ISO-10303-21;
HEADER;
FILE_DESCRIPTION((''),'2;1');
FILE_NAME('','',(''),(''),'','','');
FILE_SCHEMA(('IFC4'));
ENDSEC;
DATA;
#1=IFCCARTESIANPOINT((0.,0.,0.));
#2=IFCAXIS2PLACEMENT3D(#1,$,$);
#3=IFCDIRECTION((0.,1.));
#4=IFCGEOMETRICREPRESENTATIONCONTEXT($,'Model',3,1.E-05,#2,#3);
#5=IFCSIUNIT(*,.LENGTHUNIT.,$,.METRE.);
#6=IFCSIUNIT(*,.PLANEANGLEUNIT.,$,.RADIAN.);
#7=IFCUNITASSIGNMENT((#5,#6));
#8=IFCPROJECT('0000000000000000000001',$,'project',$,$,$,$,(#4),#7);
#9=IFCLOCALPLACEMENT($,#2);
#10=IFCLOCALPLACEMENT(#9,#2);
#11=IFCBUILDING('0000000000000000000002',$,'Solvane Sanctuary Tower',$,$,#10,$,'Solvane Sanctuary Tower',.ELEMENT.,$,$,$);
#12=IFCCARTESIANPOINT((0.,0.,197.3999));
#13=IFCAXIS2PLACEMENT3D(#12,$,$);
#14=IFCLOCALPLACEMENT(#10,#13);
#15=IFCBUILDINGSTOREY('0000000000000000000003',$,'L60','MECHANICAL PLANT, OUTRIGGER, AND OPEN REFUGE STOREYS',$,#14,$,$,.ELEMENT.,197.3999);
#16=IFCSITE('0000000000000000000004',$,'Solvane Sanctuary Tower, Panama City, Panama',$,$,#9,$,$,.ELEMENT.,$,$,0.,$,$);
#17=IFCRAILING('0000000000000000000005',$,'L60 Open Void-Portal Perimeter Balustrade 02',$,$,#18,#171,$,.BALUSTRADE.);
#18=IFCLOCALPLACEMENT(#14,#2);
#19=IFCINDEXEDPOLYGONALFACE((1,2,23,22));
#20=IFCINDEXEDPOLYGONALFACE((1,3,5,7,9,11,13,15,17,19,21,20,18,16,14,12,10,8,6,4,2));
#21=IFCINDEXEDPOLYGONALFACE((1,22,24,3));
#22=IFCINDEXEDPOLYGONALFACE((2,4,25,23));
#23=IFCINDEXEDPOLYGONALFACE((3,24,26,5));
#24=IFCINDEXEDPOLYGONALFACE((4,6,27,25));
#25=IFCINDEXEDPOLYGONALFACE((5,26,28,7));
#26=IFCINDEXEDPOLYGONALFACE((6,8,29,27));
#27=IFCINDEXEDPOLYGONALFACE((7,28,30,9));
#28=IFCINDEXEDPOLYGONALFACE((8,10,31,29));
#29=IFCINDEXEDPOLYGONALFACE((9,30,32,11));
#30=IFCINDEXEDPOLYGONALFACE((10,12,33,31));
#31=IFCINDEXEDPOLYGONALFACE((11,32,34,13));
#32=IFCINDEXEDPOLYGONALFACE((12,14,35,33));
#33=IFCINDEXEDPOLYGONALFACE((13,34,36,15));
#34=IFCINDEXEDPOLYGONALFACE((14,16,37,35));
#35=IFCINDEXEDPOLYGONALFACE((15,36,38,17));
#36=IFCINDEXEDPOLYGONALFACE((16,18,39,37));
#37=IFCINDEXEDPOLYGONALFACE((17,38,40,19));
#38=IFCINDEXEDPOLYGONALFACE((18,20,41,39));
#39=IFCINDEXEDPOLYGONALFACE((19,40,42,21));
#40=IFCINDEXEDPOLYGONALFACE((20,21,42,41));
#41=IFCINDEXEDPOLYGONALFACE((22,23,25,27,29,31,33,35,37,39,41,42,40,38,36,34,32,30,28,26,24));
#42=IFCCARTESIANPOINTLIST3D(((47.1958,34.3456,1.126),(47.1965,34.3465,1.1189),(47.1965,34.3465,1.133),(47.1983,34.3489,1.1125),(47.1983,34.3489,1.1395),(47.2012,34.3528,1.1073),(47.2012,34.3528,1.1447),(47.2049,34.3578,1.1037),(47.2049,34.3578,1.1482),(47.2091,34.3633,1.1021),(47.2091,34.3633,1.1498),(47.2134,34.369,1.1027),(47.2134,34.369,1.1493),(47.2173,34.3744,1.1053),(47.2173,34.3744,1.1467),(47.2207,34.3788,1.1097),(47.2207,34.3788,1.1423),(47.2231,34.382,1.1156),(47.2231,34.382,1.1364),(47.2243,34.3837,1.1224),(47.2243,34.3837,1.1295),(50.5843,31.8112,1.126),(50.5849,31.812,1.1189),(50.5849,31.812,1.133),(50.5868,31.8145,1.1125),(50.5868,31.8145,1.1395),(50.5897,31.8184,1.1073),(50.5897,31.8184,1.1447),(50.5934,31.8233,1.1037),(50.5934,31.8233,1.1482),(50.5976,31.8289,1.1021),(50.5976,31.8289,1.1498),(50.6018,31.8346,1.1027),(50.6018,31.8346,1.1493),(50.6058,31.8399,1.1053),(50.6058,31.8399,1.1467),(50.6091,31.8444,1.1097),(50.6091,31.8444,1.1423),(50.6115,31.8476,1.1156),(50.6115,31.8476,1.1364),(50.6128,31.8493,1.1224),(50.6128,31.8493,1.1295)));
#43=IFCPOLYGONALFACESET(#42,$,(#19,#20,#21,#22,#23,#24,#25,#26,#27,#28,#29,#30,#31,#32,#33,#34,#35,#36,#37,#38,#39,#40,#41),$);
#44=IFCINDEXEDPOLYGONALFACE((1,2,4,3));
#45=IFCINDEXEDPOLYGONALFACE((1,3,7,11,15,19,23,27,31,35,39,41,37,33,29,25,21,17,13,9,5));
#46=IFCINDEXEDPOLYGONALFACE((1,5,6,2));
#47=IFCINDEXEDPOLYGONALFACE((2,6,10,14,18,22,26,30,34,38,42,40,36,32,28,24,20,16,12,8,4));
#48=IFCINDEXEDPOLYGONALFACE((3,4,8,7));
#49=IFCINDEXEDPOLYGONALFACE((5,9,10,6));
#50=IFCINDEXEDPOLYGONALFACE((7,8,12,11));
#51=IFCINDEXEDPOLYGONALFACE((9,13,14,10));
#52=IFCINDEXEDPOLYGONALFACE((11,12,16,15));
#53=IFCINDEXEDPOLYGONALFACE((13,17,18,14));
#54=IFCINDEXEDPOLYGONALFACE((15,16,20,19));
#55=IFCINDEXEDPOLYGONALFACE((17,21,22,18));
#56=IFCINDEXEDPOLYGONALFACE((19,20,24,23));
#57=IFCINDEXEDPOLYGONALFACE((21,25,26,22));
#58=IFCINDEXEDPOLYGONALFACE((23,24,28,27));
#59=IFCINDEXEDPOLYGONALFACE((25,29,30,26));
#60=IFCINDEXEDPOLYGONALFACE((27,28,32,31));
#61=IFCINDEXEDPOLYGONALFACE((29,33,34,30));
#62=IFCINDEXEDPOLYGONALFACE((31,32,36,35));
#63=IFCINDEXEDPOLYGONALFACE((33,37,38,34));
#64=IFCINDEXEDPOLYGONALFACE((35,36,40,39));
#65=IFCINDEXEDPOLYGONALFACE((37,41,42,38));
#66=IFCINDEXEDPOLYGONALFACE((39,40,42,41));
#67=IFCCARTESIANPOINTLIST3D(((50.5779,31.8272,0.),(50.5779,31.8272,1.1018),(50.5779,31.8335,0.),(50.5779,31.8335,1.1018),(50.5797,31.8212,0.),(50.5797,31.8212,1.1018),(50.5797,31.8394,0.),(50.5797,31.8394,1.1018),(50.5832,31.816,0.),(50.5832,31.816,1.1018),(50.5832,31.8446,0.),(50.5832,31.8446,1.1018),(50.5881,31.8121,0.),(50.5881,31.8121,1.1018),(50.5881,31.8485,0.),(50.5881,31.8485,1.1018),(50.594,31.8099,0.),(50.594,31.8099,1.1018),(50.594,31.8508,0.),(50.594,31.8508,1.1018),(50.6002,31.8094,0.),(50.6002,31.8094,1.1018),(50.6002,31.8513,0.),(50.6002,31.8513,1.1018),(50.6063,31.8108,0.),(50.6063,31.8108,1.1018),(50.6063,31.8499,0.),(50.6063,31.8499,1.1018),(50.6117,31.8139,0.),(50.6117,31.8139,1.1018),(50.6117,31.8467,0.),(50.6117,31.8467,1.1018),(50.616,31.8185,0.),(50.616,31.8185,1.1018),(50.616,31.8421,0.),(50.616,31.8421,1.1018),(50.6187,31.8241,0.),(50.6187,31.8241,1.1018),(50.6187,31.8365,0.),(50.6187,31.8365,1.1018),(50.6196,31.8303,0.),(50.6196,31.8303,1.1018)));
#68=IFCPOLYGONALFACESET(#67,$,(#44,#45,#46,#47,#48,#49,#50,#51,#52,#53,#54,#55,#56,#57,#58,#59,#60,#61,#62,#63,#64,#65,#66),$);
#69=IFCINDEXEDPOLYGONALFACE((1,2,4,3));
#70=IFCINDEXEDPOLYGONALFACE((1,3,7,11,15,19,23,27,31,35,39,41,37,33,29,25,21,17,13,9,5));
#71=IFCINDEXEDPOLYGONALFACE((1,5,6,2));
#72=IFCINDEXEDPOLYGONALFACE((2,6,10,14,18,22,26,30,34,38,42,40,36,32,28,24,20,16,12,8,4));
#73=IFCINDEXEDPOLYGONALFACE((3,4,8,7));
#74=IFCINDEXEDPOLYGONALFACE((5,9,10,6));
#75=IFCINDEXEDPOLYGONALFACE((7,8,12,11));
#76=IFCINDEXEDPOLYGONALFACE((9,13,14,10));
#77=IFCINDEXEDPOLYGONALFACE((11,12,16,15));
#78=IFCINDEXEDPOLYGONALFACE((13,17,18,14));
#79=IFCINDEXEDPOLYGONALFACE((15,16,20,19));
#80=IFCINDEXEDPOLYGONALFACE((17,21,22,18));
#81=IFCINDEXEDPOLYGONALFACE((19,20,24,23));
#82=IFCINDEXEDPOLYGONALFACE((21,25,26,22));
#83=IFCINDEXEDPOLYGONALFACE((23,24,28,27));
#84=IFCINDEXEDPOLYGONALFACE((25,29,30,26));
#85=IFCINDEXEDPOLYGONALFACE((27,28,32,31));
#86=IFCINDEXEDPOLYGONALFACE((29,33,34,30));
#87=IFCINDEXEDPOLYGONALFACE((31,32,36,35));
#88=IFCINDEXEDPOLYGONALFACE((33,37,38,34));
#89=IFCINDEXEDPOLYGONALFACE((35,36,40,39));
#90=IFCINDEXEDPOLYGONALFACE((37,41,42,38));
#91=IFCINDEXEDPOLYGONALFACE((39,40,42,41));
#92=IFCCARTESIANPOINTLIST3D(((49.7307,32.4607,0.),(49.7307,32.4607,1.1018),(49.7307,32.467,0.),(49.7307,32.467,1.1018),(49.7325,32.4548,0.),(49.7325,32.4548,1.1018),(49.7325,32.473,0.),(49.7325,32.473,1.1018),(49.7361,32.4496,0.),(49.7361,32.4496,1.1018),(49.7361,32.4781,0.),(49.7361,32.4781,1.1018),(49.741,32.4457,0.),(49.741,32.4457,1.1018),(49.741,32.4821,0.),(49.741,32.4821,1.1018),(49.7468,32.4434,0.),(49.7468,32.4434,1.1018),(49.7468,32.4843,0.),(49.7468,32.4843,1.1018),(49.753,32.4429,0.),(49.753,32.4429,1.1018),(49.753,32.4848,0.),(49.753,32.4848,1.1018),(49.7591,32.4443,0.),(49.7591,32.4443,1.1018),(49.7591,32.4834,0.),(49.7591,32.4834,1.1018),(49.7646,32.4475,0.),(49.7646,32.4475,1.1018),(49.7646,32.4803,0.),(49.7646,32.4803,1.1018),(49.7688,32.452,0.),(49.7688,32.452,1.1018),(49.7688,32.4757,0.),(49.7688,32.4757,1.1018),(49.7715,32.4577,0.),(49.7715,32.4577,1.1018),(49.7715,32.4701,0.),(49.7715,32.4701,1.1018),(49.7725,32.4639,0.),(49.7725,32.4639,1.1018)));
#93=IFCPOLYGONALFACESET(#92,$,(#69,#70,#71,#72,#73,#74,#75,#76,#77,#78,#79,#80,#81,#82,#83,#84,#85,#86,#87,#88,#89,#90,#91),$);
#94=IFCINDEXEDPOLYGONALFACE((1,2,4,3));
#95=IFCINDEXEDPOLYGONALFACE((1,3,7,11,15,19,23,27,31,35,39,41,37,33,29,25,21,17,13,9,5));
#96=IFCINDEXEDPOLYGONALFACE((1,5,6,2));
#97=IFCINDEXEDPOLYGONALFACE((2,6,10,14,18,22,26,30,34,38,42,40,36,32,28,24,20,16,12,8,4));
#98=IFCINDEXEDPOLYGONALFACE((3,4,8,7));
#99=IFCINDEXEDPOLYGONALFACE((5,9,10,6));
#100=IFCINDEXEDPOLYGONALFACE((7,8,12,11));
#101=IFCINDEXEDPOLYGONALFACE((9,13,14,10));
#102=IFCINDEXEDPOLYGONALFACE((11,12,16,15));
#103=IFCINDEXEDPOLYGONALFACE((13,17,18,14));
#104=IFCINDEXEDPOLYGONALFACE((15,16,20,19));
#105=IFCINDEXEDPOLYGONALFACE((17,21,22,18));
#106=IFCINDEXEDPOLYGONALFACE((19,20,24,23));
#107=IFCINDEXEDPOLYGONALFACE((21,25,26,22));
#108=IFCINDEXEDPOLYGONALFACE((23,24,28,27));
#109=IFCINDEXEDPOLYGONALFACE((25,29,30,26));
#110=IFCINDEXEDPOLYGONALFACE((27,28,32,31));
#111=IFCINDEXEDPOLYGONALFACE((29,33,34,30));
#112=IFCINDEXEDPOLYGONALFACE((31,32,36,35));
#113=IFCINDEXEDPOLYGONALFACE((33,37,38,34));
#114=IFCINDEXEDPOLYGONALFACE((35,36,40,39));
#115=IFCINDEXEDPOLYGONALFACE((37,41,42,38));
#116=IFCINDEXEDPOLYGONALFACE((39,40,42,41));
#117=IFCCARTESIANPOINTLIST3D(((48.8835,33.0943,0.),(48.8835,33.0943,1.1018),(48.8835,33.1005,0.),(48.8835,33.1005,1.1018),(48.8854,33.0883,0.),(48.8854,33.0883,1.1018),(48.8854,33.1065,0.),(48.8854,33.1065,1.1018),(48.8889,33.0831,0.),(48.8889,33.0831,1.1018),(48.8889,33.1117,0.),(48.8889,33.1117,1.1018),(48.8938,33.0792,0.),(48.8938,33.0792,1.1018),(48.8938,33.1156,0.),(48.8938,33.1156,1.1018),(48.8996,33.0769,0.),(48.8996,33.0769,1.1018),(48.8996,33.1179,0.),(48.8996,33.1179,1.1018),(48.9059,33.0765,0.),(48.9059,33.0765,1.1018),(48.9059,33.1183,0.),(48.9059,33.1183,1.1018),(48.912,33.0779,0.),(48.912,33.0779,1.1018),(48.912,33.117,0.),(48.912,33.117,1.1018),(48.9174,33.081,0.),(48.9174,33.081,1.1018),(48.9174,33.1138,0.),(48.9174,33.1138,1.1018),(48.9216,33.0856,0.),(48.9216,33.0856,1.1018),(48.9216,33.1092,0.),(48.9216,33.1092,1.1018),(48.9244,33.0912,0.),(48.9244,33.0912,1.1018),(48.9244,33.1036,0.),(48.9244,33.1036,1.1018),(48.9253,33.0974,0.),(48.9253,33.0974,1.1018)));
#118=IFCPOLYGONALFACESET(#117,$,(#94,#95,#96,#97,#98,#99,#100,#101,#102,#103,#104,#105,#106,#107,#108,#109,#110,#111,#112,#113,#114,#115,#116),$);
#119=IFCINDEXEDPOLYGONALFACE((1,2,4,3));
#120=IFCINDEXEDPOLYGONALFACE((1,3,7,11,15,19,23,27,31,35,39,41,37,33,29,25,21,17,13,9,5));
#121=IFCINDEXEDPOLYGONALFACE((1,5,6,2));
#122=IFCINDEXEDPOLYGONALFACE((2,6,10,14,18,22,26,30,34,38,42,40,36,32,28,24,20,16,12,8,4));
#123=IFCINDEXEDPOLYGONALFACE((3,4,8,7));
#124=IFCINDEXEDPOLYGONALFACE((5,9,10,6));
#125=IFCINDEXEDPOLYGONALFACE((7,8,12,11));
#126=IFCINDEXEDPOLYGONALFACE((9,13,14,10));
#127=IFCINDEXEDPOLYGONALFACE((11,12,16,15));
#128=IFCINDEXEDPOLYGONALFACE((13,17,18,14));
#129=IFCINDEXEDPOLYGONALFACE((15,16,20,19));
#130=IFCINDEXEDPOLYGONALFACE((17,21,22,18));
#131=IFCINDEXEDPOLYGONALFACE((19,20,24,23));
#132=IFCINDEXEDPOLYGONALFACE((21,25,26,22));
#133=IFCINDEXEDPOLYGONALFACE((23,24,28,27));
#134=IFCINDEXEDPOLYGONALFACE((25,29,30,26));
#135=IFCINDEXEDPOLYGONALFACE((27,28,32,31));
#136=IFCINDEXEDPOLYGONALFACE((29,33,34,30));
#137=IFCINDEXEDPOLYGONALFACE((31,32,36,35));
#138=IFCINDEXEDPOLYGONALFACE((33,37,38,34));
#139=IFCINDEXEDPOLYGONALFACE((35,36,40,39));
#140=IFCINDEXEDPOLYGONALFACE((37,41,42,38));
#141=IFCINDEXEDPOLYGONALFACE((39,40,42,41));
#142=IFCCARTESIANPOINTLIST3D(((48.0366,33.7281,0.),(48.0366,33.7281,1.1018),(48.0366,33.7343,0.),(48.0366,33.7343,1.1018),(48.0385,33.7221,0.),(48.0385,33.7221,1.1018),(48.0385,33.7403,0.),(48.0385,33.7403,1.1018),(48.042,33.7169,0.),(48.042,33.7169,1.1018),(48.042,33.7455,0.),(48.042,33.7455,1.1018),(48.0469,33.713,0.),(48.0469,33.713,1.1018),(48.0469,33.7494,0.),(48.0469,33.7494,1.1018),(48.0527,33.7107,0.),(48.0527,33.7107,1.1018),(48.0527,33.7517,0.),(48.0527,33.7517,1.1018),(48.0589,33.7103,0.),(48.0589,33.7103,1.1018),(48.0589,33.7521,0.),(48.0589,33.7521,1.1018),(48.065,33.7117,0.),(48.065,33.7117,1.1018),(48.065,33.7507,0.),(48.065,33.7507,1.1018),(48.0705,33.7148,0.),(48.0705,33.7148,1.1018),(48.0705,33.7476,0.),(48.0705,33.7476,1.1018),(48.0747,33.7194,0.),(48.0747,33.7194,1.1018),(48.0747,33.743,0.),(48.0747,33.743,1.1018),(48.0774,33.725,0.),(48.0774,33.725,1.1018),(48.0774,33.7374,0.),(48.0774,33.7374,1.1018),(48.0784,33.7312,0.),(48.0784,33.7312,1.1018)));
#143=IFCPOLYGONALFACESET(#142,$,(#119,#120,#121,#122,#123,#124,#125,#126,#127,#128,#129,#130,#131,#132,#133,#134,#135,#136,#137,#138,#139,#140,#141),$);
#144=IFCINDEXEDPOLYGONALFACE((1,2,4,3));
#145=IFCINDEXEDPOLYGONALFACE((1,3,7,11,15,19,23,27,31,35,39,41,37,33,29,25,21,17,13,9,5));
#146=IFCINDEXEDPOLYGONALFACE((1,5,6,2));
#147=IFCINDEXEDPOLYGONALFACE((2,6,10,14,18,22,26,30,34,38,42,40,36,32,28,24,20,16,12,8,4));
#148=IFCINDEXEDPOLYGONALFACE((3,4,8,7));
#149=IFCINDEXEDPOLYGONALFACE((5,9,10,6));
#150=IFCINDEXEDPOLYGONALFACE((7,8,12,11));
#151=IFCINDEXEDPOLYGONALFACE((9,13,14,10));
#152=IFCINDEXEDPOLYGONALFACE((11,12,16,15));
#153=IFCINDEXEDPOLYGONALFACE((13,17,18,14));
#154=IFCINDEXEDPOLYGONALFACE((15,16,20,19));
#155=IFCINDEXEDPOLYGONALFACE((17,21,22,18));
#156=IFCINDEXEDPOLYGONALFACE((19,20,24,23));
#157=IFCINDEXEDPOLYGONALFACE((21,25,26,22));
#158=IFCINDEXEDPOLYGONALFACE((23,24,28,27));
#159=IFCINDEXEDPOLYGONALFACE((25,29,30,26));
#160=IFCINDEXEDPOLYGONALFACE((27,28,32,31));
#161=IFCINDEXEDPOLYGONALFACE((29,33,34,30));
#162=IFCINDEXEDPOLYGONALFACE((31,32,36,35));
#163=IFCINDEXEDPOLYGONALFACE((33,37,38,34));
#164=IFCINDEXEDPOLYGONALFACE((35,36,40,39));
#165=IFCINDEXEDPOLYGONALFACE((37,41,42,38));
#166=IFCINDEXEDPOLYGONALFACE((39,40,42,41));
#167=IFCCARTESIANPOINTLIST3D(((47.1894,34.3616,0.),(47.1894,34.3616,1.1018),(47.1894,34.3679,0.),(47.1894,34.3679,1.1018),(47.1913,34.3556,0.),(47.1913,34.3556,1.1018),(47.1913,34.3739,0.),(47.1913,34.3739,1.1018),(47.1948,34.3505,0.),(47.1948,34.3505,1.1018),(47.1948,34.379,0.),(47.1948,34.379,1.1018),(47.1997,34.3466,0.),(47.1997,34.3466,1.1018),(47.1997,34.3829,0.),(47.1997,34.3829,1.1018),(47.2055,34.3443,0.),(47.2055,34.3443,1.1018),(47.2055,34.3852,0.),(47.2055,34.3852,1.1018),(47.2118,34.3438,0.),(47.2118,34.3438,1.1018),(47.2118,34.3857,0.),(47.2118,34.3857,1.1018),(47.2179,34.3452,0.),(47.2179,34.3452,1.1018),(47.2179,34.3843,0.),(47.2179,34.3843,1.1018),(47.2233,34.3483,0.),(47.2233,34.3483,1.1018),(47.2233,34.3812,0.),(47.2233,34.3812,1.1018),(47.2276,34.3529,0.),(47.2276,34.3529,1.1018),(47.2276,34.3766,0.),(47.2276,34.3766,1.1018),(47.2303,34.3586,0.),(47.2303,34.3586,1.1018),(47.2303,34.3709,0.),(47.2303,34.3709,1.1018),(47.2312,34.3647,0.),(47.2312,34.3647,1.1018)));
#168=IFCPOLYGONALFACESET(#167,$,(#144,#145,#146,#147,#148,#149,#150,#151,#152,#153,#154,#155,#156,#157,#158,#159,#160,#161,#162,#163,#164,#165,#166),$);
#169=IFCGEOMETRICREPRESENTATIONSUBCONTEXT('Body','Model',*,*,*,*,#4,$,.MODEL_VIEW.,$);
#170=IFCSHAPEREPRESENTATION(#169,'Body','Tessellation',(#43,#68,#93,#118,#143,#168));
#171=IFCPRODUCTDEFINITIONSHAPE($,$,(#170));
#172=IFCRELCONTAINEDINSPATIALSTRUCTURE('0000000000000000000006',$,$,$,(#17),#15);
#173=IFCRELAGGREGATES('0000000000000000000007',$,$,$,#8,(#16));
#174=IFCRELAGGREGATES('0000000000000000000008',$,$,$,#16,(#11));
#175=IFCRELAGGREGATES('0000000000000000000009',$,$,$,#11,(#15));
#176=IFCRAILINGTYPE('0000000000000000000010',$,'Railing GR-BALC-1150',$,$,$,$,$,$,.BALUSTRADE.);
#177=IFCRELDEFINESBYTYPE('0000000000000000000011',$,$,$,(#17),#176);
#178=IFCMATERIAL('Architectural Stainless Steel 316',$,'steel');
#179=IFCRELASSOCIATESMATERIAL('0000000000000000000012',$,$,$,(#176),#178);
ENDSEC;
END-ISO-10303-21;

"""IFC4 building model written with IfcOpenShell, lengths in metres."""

from ifc_helpers import new_model, si_unit, direction, frame, origin, origin_2d, place, context, subcontext, project, spatial, circle, extrude, material, type_object, element, save


model = new_model("IFC4")

# Units and contexts
model_context = context("Model", 3, precision=1e-05, world=origin(), true_north=direction((0.0, 1.0)))
body_context = subcontext(model_context, "Body", "Model", "MODEL_VIEW")
ifc_project = project(units=[si_unit("LENGTHUNIT", "METRE"), si_unit("PLANEANGLEUNIT", "RADIAN")], contexts=[model_context])

# Site, building, storey
site_placement = place(None, origin())
site = spatial("IfcSite", under=ifc_project, at=site_placement, Name="Solvane Sanctuary Tower, Panama City, Panama", CompositionType="ELEMENT", RefElevation=0.0)
building_placement = place(site_placement, origin())
building = spatial("IfcBuilding", under=site, at=building_placement, Name="Solvane Sanctuary Tower", LongName="Solvane Sanctuary Tower", CompositionType="ELEMENT")
storey_placement = place(building_placement, frame((0.0, 0.0, 197.3999)))
storey = spatial("IfcBuildingStorey", under=building, at=storey_placement, Name="L60", Description="MECHANICAL PLANT, OUTRIGGER, AND OPEN REFUGE STOREYS", CompositionType="ELEMENT", Elevation=197.3999)

# Shared definitions
ifc_material_1 = material(Name="Architectural Stainless Steel 316", Category="steel")

# Railing
railing_type_1 = type_object("IfcRailingType", Name="Railing GR-BALC-1150", PredefinedType="BALUSTRADE", material=ifc_material_1)
railing_1_placement = place(storey_placement, frame((50.5986, 31.8303, 0.0)))
element("IfcRailing", 1, at=railing_1_placement, inside=storey, type_object=railing_type_1, Name="L60 Open Void-Portal Perimeter Balustrade 02", PredefinedType="BALUSTRADE", context=body_context, shape_type="SweptSolid", body=[
    extrude(circle(Radius=0.0239, at=origin_2d()), frame((0.0, 0.0, 1.126), z_axis=(-0.800782, 0.598956, 0.0), x_axis=(-0.598956, -0.800782, 0.0)), (0.0, 0.0, 1.0), 4.2314),
    extrude(circle(Radius=0.021, at=origin_2d()), origin(), (0.0, 0.0, 1.0), 1.1018),
    extrude(circle(Radius=0.021, at=origin_2d()), frame((-0.8472, 0.6335, 0.0)), (0.0, 0.0, 1.0), 1.1018),
    extrude(circle(Radius=0.021, at=origin_2d()), frame((-1.6943, 1.2671, 0.0)), (0.0, 0.0, 1.0), 1.1018),
    extrude(circle(Radius=0.021, at=origin_2d()), frame((-2.5413, 1.9009, 0.0)), (0.0, 0.0, 1.0), 1.1018),
    extrude(circle(Radius=0.021, at=origin_2d()), frame((-3.3884, 2.5344, 0.0)), (0.0, 0.0, 1.0), 1.1018),
])

save(model, "model.ifc")
